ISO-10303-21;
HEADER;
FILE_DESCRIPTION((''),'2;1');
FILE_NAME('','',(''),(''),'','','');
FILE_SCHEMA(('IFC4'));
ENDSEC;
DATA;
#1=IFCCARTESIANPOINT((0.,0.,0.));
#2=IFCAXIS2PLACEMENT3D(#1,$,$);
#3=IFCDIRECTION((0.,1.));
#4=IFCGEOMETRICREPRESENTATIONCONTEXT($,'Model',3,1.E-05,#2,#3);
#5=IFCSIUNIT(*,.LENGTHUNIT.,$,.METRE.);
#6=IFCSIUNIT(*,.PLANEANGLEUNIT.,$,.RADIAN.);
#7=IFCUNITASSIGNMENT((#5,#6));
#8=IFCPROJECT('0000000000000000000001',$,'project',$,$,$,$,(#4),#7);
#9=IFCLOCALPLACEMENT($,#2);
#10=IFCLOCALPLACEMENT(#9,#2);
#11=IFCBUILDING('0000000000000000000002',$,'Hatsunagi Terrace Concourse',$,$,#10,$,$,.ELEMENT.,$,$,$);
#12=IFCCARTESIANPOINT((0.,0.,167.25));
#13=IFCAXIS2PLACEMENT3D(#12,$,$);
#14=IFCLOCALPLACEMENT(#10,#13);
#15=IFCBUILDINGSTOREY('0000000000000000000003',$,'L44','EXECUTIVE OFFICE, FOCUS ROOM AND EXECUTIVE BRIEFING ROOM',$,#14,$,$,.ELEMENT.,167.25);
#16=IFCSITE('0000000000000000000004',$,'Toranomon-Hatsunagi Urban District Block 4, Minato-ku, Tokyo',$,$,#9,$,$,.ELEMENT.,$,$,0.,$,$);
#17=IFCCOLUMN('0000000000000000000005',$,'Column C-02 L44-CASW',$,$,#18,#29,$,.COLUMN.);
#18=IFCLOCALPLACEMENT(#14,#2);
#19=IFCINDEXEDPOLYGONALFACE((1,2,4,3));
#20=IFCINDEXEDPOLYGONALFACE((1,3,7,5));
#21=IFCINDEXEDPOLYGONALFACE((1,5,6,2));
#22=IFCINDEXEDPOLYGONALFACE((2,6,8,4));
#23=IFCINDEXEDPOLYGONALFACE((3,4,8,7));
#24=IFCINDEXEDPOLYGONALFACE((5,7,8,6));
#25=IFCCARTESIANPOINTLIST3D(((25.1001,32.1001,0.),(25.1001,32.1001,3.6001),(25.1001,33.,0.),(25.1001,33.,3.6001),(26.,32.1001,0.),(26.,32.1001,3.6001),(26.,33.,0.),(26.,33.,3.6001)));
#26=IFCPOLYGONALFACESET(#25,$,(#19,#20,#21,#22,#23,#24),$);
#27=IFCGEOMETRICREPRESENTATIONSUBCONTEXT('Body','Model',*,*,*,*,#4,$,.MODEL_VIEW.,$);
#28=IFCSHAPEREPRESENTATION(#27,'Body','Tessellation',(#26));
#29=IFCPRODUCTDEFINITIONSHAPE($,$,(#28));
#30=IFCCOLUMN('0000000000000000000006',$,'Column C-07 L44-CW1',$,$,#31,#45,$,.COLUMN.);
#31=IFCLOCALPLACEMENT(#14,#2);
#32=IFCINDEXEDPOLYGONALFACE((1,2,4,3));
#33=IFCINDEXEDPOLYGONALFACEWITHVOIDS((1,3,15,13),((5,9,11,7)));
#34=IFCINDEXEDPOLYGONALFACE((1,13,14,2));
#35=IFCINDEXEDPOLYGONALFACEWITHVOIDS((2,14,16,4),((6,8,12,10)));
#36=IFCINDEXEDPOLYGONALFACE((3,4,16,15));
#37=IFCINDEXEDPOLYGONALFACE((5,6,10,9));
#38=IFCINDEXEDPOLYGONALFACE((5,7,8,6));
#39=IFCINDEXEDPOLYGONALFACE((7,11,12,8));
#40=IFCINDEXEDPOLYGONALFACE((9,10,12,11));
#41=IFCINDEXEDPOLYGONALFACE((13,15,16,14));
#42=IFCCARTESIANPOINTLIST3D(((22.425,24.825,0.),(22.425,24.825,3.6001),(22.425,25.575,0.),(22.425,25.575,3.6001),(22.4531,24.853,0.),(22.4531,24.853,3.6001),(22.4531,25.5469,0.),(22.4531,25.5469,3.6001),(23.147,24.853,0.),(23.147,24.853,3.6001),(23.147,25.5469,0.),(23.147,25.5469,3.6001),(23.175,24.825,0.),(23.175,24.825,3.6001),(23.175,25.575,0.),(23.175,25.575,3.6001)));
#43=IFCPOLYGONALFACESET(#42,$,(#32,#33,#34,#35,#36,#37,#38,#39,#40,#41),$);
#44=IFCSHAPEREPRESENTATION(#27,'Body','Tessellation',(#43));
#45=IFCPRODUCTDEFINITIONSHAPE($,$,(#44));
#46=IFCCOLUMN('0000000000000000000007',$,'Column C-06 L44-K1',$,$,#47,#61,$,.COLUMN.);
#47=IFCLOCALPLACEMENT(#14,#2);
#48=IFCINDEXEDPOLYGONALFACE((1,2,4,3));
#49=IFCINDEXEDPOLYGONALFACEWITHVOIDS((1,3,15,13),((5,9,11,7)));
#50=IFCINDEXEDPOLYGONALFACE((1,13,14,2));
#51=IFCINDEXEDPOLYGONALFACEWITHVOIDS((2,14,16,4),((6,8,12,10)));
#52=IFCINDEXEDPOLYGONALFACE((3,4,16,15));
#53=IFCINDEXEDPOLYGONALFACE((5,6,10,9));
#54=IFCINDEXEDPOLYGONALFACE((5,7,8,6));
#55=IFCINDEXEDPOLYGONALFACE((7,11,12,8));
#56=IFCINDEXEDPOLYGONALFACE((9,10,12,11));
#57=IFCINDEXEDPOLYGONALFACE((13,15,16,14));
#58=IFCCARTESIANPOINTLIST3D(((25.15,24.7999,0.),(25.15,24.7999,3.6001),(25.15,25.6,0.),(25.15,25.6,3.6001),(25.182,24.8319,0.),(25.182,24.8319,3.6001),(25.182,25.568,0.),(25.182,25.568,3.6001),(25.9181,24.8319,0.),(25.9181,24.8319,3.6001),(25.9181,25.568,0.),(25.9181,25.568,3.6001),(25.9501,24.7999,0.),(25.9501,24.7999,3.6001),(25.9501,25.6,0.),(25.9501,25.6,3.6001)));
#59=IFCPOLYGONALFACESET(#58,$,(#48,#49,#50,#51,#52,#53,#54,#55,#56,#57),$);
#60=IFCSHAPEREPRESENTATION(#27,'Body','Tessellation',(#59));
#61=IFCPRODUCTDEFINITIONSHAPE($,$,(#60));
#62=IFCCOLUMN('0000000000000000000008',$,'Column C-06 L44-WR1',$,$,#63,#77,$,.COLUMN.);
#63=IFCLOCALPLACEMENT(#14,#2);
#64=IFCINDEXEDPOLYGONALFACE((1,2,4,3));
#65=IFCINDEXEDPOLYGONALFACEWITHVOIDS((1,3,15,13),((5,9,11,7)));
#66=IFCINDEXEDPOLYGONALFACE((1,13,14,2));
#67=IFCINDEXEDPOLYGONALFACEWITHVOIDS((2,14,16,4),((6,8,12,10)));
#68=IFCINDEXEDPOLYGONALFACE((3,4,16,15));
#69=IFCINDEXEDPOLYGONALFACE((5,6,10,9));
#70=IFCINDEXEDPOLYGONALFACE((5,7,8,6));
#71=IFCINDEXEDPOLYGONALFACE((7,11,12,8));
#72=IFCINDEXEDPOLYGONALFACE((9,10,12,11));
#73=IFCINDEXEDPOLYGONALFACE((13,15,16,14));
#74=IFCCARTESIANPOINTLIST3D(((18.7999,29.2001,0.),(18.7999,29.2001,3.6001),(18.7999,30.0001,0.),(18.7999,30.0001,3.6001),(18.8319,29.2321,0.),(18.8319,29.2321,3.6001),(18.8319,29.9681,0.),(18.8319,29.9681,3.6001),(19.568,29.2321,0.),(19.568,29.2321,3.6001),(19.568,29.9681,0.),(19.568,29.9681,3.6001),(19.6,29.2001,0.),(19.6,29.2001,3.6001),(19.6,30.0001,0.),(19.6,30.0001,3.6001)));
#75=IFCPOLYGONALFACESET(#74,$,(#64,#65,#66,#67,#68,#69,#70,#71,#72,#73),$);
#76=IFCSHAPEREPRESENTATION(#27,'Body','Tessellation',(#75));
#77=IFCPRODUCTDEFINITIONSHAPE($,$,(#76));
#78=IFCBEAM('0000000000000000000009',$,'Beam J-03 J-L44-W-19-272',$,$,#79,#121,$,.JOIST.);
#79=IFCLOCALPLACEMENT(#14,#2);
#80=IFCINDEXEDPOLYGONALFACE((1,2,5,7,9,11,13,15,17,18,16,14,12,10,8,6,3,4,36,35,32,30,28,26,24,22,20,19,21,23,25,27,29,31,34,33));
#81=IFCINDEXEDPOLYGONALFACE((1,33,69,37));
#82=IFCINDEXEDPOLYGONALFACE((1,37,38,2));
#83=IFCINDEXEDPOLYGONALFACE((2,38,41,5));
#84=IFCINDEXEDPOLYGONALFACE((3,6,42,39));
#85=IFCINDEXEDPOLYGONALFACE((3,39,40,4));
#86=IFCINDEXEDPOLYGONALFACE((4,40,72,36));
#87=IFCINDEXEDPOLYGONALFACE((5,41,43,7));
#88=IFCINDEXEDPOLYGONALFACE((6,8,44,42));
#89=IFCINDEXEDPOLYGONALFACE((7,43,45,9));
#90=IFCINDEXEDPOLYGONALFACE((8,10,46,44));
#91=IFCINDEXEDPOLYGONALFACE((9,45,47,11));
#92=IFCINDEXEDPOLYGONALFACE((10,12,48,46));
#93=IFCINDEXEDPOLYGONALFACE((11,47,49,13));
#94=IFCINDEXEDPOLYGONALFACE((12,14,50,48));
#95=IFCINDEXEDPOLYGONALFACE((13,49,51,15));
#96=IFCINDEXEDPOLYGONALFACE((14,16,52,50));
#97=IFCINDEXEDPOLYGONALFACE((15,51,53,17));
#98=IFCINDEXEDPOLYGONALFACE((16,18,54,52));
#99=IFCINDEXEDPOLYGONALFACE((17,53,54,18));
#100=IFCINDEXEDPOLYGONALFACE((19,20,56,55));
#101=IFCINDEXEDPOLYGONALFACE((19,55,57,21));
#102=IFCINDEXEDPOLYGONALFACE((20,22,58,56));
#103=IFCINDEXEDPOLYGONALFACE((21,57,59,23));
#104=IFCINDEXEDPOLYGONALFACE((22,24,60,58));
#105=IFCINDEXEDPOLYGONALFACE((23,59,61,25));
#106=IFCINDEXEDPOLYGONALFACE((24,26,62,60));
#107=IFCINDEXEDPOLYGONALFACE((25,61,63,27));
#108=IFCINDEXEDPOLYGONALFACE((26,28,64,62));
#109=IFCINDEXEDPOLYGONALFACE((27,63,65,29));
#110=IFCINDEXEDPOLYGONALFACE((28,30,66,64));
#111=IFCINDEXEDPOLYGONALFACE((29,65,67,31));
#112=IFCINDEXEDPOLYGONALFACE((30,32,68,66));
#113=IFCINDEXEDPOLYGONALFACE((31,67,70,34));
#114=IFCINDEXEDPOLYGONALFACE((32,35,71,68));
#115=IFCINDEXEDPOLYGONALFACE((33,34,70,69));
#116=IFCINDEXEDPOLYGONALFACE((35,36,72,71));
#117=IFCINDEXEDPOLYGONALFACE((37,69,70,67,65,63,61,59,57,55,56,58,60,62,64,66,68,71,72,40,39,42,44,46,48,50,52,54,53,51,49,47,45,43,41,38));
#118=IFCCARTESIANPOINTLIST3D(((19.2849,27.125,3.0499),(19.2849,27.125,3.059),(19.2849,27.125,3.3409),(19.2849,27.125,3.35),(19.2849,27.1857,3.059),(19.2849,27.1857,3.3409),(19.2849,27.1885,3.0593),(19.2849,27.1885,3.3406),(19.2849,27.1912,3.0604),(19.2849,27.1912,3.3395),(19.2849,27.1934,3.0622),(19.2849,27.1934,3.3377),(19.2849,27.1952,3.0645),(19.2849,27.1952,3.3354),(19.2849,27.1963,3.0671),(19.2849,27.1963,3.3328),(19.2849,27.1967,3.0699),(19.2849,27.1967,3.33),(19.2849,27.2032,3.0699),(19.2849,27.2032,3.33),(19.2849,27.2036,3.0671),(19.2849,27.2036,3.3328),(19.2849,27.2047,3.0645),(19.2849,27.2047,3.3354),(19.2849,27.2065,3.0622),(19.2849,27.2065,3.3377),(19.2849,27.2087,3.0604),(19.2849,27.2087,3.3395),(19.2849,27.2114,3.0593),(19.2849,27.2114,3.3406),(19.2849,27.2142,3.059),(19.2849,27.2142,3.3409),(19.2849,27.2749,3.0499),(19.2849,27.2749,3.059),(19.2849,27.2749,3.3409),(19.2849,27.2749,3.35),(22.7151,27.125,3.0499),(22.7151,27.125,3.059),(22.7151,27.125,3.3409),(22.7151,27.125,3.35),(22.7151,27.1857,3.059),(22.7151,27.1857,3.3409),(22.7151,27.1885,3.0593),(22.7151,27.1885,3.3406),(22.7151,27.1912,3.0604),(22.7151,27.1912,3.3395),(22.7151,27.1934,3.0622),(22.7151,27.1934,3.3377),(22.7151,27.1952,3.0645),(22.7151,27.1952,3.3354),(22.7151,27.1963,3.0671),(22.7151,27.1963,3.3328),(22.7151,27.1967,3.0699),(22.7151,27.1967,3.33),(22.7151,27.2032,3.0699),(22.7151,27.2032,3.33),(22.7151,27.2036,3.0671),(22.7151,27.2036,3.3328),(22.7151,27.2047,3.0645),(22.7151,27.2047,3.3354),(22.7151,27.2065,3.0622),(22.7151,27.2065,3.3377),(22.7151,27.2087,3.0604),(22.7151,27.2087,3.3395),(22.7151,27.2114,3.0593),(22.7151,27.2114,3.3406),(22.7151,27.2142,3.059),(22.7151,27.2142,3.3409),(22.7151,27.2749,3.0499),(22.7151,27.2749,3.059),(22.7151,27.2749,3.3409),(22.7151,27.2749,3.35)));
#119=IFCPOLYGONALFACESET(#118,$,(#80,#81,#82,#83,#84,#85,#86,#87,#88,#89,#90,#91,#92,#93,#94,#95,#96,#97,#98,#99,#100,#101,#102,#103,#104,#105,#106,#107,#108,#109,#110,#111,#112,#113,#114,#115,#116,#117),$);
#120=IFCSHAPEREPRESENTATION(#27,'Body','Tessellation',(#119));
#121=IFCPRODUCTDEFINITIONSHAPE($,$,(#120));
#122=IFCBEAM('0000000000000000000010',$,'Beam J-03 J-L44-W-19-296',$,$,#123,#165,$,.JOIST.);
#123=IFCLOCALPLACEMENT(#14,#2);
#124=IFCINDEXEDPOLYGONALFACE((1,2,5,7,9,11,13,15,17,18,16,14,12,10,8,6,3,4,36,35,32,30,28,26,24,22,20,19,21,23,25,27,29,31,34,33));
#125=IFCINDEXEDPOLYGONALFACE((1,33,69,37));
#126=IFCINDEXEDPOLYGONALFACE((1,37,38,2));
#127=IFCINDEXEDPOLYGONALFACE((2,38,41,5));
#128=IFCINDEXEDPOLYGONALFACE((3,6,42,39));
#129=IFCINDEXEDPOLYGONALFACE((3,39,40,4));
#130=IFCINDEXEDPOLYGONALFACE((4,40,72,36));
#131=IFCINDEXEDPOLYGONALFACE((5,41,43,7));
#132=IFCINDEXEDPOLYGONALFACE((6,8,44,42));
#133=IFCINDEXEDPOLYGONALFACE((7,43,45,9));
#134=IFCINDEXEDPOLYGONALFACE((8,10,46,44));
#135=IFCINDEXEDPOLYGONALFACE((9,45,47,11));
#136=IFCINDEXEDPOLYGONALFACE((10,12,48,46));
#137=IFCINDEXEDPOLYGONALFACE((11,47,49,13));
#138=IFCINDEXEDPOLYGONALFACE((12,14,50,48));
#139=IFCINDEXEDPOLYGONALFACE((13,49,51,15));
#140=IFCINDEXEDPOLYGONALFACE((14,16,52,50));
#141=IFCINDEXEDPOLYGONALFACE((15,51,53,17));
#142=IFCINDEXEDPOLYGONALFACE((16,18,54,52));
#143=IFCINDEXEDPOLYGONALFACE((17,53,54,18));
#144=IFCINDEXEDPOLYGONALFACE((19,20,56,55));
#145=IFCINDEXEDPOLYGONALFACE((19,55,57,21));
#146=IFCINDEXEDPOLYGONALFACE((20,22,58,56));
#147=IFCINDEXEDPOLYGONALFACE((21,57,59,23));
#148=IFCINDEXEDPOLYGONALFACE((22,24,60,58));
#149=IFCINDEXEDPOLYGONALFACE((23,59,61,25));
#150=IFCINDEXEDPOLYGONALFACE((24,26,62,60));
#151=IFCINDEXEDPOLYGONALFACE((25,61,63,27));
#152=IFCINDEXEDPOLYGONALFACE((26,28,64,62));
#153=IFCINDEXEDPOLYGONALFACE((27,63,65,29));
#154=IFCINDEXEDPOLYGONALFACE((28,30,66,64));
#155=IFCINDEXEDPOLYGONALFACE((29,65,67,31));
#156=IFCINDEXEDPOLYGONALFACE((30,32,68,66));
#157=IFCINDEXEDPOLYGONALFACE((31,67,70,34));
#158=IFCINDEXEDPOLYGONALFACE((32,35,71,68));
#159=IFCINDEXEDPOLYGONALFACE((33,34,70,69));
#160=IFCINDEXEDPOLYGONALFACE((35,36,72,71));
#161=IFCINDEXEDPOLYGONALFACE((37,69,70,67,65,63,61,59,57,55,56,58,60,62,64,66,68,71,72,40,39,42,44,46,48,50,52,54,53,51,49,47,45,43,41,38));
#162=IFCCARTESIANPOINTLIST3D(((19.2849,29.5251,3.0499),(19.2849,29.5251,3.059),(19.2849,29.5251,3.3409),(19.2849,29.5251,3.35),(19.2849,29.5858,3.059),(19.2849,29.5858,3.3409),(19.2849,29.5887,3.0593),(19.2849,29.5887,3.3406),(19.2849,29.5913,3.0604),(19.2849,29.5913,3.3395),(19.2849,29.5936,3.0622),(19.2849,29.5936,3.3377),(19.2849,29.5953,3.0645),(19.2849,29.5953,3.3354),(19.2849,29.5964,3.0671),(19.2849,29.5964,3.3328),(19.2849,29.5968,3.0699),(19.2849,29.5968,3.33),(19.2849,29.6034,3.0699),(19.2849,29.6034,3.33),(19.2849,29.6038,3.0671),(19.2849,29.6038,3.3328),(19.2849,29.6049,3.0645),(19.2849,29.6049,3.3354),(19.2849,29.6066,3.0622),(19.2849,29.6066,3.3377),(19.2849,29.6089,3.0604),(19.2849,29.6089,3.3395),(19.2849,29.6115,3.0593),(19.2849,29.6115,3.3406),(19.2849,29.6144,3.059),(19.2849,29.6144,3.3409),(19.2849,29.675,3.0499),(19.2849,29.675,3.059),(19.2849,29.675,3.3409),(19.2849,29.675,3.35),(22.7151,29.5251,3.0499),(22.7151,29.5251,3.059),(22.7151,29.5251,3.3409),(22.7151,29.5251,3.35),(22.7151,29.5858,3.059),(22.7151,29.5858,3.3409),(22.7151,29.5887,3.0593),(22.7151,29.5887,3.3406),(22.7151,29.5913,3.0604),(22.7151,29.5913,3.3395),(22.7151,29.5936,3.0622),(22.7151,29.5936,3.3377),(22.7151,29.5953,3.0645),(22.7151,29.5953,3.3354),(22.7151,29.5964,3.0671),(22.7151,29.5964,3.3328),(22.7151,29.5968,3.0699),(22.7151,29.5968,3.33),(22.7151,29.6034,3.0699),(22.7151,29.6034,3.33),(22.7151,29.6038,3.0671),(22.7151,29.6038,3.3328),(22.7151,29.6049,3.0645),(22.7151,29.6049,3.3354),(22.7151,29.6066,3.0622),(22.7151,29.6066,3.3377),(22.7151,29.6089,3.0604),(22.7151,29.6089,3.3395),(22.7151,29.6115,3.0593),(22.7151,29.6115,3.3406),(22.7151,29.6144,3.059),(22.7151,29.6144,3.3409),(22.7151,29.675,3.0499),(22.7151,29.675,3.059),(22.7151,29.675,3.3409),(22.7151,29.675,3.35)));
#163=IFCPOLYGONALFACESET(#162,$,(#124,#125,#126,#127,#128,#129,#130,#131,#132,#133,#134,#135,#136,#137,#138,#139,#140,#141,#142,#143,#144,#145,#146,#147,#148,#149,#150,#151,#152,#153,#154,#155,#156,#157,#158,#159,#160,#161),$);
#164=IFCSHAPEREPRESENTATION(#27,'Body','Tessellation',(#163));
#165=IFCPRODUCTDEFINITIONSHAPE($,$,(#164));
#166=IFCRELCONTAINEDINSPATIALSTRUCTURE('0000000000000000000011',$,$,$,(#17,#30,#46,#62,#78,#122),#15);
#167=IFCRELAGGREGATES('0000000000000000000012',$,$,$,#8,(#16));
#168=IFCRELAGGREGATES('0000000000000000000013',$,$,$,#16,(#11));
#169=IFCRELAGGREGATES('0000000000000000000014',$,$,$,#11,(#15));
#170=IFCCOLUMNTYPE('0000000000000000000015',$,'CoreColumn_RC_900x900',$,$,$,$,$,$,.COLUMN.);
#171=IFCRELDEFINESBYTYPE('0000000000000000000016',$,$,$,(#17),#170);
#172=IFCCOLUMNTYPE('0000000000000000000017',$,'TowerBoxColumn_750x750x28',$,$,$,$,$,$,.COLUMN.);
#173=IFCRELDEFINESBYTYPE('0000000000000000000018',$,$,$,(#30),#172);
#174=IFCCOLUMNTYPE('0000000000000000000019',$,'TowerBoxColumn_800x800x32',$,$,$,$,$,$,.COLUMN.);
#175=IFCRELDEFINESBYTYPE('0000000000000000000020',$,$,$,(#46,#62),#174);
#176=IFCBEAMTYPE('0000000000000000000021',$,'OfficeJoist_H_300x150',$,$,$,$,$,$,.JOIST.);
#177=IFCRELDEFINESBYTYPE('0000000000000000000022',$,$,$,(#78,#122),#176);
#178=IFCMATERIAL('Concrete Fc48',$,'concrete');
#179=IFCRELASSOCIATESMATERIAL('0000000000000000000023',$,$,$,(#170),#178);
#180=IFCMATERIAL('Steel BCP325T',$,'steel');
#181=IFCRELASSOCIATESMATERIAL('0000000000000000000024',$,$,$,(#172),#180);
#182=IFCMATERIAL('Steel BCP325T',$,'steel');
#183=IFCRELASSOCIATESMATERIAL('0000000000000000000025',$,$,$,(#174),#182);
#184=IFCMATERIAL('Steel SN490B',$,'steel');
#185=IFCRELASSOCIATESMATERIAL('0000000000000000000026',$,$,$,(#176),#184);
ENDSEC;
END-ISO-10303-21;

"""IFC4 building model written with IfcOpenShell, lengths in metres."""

from ifc_helpers import new_model, si_unit, direction, frame, origin, origin_2d, place, context, subcontext, project, spatial, rectangle, hollow_rectangle, i_section, extrude, material, material_profile, profile_set, type_object, element, save


model = new_model("IFC4")

# Units and contexts
model_context = context("Model", 3, precision=1e-05, world=origin(), true_north=direction((0.0, 1.0)))
body_context = subcontext(model_context, "Body", "Model", "MODEL_VIEW")
ifc_project = project(units=[si_unit("LENGTHUNIT", "METRE"), si_unit("PLANEANGLEUNIT", "RADIAN")], contexts=[model_context])

# Site, building, storey
site_placement = place(None, origin())
site = spatial("IfcSite", under=ifc_project, at=site_placement, Name="Toranomon-Hatsunagi Urban District Block 4, Minato-ku, Tokyo", CompositionType="ELEMENT", RefElevation=0.0)
building_placement = place(site_placement, origin())
building = spatial("IfcBuilding", under=site, at=building_placement, Name="Hatsunagi Terrace Concourse", CompositionType="ELEMENT")
storey_placement = place(building_placement, frame((0.0, 0.0, 167.25)))
storey = spatial("IfcBuildingStorey", under=building, at=storey_placement, Name="L44", Description="EXECUTIVE OFFICE, FOCUS ROOM AND EXECUTIVE BRIEFING ROOM", CompositionType="ELEMENT", Elevation=167.25)

# Columns
ifc_material_1 = material(Name="Concrete Fc48", Category="concrete")
ifc_material_profile_1 = material_profile(ifc_material_1, rectangle(XDim=0.8999, YDim=0.8999, at=origin_2d()), Name="RC-900x900")
ifc_profile_set_1 = profile_set([ifc_material_profile_1], Name="Concrete Fc48")
column_type_1 = type_object("IfcColumnType", Name="CoreColumn_RC_900x900", PredefinedType="COLUMN", material=ifc_profile_set_1)
column_1_placement = place(storey_placement, frame((25.55, 32.55, 0.0), z_axis=(0.0, 0.0, 1.0), x_axis=(1.0, 0.0, 0.0)))
element("IfcColumn", 1, at=column_1_placement, inside=storey, type_object=column_type_1, Name="Column C-02 L44-CASW", PredefinedType="COLUMN", context=body_context, shape_type="SweptSolid", body=[
    extrude(rectangle(XDim=0.8999, YDim=0.8999, at=origin_2d()), origin(), (0.0, 0.0, 1.0), 3.6001),
])
ifc_material_2 = material(Name="Steel BCP325T", Category="steel")
ifc_material_profile_2 = material_profile(ifc_material_2, hollow_rectangle(XDim=0.75, YDim=0.75, WallThickness=0.0281, at=origin_2d()), Name="BCP-750x750x28")
ifc_profile_set_2 = profile_set([ifc_material_profile_2], Name="Steel BCP325T")
column_type_2 = type_object("IfcColumnType", Name="TowerBoxColumn_750x750x28", PredefinedType="COLUMN", material=ifc_profile_set_2)
column_2_placement = place(storey_placement, frame((22.8, 25.2, 0.0), z_axis=(0.0, 0.0, 1.0), x_axis=(1.0, 0.0, 0.0)))
element("IfcColumn", 2, at=column_2_placement, inside=storey, type_object=column_type_2, Name="Column C-07 L44-CW1", PredefinedType="COLUMN", context=body_context, shape_type="SweptSolid", body=[
    extrude(hollow_rectangle(XDim=0.75, YDim=0.75, WallThickness=0.0281, at=origin_2d()), origin(), (0.0, 0.0, 1.0), 3.6001),
])
ifc_material_3 = material(Name="Steel BCP325T", Category="steel")
ifc_material_profile_3 = material_profile(ifc_material_3, hollow_rectangle(XDim=0.8, YDim=0.8, WallThickness=0.032, at=origin_2d()), Name="BCP-800x800x32")
ifc_profile_set_3 = profile_set([ifc_material_profile_3], Name="Steel BCP325T")
column_type_3 = type_object("IfcColumnType", Name="TowerBoxColumn_800x800x32", PredefinedType="COLUMN", material=ifc_profile_set_3)
for number, where, z_axis, x_axis, name in (
    (3, (25.55, 25.2, 0.0), (0.0, 0.0, 1.0), (1.0, 0.0, 0.0), "Column C-06 L44-K1"),
    (4, (19.2, 29.6001, 0.0), (0.0, 0.0, 1.0), (1.0, 0.0, 0.0), "Column C-06 L44-WR1"),
):
    element("IfcColumn", number, at=place(storey_placement, frame(where, z_axis=z_axis, x_axis=x_axis)), inside=storey, type_object=column_type_3, Name=name, PredefinedType="COLUMN", context=body_context, shape_type="SweptSolid", body=[
        extrude(hollow_rectangle(XDim=0.8, YDim=0.8, WallThickness=0.032, at=origin_2d()), origin(), (0.0, 0.0, 1.0), 3.6001),
    ])

# Beams
ifc_material_4 = material(Name="Steel SN490B", Category="steel")
ifc_material_profile_4 = material_profile(ifc_material_4, i_section(OverallWidth=0.1499, OverallDepth=0.3, WebThickness=0.0066, FlangeThickness=0.009, FilletRadius=0.011, at=origin_2d()), Name="H-300x150x6.5x9")
ifc_profile_set_4 = profile_set([ifc_material_profile_4], Name="Steel SN490B")
beam_type_1 = type_object("IfcBeamType", Name="OfficeJoist_H_300x150", PredefinedType="JOIST", material=ifc_profile_set_4)
for number, where, z_axis, x_axis, name in (
    (5, (19.2849, 27.2, 3.2), (1.0, 0.0, 0.0), (0.0, 1.0, 0.0), "Beam J-03 J-L44-W-19-272"),
    (6, (19.2849, 29.6001, 3.2), (1.0, 0.0, 0.0), (0.0, 1.0, 0.0), "Beam J-03 J-L44-W-19-296"),
):
    element("IfcBeam", number, at=place(storey_placement, frame(where, z_axis=z_axis, x_axis=x_axis)), inside=storey, type_object=beam_type_1, Name=name, PredefinedType="JOIST", context=body_context, shape_type="SweptSolid", body=[
        extrude(i_section(OverallWidth=0.1499, OverallDepth=0.3, WebThickness=0.0066, FlangeThickness=0.009, FilletRadius=0.011, at=origin_2d()), origin(), (0.0, 0.0, 1.0), 3.4302),
    ])

save(model, "model.ifc")
